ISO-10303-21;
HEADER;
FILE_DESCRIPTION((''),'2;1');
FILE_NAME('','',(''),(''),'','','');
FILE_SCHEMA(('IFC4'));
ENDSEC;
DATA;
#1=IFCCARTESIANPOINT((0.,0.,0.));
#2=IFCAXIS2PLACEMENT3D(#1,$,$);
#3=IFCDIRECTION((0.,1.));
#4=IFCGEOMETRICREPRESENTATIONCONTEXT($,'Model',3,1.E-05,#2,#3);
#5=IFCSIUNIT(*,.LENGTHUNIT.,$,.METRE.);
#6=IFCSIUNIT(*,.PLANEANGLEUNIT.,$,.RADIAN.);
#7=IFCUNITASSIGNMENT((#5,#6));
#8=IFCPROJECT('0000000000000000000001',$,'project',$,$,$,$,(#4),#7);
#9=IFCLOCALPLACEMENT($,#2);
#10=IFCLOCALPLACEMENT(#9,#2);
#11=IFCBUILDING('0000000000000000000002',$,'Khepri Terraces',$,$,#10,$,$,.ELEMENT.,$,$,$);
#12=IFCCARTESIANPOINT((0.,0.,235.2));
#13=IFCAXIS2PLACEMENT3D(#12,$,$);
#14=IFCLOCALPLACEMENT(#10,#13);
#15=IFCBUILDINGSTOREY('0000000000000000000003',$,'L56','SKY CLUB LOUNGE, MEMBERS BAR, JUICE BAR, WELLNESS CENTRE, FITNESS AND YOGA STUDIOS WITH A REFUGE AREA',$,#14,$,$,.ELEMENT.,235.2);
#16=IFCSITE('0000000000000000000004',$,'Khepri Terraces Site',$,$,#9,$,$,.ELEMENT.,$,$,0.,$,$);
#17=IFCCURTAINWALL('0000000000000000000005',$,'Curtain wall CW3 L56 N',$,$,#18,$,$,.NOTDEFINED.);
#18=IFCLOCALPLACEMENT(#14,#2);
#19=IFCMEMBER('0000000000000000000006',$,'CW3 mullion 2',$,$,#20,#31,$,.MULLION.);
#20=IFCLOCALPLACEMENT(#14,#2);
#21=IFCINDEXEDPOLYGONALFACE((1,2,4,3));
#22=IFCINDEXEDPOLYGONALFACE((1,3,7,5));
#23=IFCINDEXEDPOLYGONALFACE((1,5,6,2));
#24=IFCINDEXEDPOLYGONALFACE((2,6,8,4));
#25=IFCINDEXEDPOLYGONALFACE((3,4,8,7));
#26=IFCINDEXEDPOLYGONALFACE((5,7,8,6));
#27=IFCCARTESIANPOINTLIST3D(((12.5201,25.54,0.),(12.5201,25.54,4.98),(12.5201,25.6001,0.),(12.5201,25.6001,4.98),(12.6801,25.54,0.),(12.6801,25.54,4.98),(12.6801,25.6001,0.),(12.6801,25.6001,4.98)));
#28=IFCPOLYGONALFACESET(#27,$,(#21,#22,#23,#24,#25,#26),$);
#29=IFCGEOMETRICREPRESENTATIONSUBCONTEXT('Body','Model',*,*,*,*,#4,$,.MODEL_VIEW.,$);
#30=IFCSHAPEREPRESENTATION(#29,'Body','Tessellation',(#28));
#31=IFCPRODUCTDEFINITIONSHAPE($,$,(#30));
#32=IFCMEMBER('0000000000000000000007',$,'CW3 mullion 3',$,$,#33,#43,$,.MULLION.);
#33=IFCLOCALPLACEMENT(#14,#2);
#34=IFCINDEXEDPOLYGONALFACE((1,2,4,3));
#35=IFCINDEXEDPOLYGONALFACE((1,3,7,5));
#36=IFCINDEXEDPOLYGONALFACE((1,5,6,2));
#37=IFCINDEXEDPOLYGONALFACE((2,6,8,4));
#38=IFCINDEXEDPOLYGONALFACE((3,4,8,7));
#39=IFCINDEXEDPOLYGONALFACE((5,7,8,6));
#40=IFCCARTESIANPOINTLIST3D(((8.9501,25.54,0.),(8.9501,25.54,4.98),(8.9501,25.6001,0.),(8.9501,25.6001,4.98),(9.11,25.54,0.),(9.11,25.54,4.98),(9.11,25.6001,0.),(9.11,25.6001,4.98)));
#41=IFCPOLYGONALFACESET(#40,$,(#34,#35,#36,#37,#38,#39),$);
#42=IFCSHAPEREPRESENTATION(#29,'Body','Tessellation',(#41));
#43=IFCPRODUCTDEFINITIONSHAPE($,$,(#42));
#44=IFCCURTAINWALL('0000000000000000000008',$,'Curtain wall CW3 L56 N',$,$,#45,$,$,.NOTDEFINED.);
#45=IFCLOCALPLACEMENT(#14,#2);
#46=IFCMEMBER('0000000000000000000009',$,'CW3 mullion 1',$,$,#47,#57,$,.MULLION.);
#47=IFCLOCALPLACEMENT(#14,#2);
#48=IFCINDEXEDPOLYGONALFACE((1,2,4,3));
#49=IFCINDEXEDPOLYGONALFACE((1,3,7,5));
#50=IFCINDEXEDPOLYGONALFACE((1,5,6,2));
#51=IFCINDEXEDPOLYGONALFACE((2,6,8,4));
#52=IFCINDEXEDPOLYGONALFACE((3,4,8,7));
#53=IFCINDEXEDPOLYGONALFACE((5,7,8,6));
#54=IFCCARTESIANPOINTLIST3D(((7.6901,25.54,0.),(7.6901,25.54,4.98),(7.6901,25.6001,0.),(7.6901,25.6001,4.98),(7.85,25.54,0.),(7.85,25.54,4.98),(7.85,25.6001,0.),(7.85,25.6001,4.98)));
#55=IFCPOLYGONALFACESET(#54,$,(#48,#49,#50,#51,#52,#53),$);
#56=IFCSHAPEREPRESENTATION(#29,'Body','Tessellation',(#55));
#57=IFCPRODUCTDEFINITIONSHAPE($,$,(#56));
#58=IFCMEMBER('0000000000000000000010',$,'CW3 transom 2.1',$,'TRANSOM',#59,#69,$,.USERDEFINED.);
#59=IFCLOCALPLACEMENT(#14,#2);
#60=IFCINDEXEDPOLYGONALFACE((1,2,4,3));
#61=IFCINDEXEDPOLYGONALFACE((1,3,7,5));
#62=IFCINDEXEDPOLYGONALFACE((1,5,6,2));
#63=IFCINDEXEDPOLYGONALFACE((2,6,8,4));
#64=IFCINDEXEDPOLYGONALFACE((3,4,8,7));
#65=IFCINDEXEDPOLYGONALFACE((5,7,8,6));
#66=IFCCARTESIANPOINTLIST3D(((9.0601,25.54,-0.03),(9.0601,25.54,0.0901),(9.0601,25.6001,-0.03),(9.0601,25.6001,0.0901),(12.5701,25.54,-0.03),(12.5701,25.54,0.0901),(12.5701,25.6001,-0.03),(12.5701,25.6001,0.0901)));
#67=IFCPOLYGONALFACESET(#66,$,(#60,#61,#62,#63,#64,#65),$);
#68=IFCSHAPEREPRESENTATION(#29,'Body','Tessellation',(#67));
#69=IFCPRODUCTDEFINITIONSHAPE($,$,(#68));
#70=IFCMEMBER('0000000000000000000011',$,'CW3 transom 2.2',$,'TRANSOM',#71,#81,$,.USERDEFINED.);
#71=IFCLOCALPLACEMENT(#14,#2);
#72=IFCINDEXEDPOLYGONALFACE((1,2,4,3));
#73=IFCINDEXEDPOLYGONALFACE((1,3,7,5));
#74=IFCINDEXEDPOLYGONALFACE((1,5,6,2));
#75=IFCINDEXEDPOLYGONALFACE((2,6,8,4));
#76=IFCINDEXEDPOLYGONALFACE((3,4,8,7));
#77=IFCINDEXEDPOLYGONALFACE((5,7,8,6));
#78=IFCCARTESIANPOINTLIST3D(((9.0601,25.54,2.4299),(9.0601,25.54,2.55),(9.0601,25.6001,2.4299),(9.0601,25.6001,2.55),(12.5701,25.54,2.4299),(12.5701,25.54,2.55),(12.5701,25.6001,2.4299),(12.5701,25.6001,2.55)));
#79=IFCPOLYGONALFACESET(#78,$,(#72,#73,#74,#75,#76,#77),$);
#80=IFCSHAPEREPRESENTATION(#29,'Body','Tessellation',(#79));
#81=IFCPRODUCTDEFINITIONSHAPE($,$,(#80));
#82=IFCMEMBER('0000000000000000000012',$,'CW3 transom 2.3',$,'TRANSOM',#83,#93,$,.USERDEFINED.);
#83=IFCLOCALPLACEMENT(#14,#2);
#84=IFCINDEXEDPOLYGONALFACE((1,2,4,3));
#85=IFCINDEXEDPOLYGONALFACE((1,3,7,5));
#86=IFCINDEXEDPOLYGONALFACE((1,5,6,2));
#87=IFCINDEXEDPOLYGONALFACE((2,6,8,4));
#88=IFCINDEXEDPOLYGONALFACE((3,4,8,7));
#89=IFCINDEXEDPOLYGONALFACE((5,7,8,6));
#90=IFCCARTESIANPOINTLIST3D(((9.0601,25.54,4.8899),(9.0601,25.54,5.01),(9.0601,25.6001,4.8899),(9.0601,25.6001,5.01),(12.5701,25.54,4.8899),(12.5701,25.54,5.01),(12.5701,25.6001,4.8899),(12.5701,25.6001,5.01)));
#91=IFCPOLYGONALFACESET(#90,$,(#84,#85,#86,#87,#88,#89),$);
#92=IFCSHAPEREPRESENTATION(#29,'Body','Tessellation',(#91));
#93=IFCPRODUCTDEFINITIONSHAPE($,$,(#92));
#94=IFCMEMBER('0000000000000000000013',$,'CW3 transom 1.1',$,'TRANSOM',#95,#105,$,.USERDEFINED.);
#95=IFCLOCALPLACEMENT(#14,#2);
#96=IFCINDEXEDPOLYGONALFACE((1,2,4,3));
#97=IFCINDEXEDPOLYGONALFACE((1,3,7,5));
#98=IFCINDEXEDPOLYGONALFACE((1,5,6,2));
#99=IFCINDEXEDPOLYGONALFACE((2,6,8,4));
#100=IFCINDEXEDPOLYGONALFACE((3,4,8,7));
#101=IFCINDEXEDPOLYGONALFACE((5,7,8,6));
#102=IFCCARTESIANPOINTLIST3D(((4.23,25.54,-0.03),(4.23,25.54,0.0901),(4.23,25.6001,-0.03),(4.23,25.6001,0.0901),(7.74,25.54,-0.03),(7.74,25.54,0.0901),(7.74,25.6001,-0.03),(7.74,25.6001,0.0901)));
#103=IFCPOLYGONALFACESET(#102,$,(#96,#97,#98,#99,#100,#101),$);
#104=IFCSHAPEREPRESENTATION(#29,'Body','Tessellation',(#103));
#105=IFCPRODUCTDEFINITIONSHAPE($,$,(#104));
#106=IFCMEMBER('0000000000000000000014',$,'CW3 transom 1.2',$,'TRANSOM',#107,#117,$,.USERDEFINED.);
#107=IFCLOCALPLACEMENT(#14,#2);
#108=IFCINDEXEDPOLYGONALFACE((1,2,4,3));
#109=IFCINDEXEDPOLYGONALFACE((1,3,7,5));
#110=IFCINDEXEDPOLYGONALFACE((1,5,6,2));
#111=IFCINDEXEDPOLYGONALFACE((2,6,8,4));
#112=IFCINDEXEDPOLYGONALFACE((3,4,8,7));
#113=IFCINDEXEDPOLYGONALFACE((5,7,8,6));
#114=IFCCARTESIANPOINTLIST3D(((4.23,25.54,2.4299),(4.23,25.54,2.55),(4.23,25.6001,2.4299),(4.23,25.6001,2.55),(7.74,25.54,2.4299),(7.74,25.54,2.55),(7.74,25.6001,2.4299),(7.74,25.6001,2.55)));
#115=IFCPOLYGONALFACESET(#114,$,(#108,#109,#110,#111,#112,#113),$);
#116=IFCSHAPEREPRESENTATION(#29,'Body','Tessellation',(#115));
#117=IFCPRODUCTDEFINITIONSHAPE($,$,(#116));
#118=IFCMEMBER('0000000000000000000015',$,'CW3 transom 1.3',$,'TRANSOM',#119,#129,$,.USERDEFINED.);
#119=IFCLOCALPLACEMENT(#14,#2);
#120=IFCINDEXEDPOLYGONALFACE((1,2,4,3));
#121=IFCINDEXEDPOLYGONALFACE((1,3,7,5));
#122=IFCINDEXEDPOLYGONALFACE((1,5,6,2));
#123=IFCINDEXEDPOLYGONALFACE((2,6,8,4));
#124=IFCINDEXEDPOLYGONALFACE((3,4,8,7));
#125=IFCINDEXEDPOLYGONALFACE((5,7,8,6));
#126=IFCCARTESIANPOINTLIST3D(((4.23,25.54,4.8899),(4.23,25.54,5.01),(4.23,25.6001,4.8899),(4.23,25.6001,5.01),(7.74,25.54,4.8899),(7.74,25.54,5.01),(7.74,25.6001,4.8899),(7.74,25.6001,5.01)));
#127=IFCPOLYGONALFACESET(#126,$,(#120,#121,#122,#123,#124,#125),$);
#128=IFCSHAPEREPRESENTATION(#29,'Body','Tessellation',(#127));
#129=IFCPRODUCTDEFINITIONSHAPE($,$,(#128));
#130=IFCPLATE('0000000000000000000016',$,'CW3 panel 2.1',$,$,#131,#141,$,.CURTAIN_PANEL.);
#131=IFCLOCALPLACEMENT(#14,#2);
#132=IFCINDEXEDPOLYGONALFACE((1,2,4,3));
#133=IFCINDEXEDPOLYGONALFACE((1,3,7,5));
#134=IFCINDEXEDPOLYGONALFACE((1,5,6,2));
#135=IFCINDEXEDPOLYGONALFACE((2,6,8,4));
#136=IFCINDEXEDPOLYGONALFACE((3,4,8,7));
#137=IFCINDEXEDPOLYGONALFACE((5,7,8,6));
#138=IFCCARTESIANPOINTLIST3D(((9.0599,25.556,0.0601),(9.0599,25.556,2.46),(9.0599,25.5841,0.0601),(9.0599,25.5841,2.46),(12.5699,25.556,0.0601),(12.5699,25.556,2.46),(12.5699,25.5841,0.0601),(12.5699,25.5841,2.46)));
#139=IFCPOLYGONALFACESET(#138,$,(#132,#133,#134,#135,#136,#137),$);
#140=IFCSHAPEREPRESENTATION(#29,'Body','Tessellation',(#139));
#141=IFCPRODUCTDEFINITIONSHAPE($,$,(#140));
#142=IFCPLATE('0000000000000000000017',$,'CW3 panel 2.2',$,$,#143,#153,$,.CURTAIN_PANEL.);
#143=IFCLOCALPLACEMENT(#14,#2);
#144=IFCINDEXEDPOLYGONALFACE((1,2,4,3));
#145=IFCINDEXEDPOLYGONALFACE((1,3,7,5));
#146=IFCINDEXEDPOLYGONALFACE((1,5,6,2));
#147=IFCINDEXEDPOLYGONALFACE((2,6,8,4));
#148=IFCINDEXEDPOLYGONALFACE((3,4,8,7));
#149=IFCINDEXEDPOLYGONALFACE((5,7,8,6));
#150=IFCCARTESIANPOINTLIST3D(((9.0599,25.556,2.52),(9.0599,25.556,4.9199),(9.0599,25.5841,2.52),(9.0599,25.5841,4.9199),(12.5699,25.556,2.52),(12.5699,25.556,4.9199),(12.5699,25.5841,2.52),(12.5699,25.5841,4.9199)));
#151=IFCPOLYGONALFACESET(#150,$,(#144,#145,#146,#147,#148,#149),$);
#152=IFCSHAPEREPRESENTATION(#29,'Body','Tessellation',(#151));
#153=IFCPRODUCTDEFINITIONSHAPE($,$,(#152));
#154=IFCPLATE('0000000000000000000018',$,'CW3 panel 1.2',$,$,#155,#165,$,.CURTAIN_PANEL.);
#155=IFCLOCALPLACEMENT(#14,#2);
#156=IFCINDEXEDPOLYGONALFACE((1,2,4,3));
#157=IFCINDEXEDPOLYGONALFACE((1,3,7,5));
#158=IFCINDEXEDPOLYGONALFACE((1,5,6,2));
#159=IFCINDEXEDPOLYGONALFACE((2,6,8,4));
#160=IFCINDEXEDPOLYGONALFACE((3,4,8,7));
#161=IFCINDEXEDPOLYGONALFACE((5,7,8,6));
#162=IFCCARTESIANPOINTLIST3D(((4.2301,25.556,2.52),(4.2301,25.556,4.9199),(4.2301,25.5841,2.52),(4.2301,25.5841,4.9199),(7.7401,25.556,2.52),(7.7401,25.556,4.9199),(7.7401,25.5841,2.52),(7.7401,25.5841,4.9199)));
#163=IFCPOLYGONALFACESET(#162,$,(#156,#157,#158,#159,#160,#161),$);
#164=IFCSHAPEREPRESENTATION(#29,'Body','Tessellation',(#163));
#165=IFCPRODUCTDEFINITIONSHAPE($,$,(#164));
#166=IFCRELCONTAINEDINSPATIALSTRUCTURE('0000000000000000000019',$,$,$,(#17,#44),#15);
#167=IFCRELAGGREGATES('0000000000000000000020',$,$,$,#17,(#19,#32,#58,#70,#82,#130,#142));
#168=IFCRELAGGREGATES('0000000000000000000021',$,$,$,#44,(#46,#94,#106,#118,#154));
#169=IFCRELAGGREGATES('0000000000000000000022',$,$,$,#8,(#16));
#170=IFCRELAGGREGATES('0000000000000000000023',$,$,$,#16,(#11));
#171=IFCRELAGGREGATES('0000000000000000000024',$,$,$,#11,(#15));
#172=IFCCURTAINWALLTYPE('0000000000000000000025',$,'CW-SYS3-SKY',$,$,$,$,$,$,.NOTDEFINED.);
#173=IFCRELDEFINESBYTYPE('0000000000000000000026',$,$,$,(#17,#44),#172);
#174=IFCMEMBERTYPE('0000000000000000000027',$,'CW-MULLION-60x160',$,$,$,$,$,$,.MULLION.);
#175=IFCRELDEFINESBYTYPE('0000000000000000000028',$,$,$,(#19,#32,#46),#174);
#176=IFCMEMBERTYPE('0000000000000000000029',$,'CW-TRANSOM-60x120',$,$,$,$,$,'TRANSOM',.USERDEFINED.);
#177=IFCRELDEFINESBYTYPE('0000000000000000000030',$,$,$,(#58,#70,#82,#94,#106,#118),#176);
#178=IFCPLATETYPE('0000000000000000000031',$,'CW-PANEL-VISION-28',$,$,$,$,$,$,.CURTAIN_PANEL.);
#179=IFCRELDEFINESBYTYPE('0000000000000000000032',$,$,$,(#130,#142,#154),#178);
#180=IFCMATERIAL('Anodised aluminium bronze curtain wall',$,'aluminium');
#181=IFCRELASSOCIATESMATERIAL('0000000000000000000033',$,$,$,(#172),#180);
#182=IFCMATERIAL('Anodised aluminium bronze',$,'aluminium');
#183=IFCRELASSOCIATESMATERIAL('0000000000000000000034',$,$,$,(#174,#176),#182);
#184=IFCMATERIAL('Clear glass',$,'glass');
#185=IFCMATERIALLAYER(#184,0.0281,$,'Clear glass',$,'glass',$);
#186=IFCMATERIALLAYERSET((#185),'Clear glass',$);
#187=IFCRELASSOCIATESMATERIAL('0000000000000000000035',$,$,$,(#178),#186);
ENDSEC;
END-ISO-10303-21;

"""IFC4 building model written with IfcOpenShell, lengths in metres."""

from ifc_helpers import new_model, si_unit, direction, frame, origin, origin_2d, place, context, subcontext, project, spatial, rectangle, extrude, material, layer, layer_set, material_profile, profile_set, type_object, element, aggregate, save


model = new_model("IFC4")

# Units and contexts
model_context = context("Model", 3, precision=1e-05, world=origin(), true_north=direction((0.0, 1.0)))
body_context = subcontext(model_context, "Body", "Model", "MODEL_VIEW")
ifc_project = project(units=[si_unit("LENGTHUNIT", "METRE"), si_unit("PLANEANGLEUNIT", "RADIAN")], contexts=[model_context])

# Site, building, storey
site_placement = place(None, origin())
site = spatial("IfcSite", under=ifc_project, at=site_placement, Name="Khepri Terraces Site", CompositionType="ELEMENT", RefElevation=0.0)
building_placement = place(site_placement, origin())
building = spatial("IfcBuilding", under=site, at=building_placement, Name="Khepri Terraces", CompositionType="ELEMENT")
storey_placement = place(building_placement, frame((0.0, 0.0, 235.2)))
storey = spatial("IfcBuildingStorey", under=building, at=storey_placement, Name="L56", Description="SKY CLUB LOUNGE, MEMBERS BAR, JUICE BAR, WELLNESS CENTRE, FITNESS AND YOGA STUDIOS WITH A REFUGE AREA", CompositionType="ELEMENT", Elevation=235.2)

# Curtain wall, members
ifc_material_1 = material(Name="Anodised aluminium bronze curtain wall", Category="aluminium")
curtain_wall_type = type_object("IfcCurtainWallType", Name="CW-SYS3-SKY", PredefinedType="NOTDEFINED", material=ifc_material_1)
curtain_wall_1_placement = place(storey_placement, origin())
curtain_wall_1 = element("IfcCurtainWall", 1, at=curtain_wall_1_placement, inside=storey, type_object=curtain_wall_type, Name="Curtain wall CW3 L56 N", PredefinedType="NOTDEFINED")
ifc_material_2 = material(Name="Anodised aluminium bronze", Category="aluminium")
ifc_material_profile_1 = material_profile(ifc_material_2, rectangle(XDim=0.0601, YDim=0.1599, at=origin_2d()), Name="Anodised aluminium bronze", Category="aluminium")
ifc_profile_set_1 = profile_set([ifc_material_profile_1], Name="Anodised aluminium bronze")
member_type_1 = type_object("IfcMemberType", Name="CW-MULLION-60x160", PredefinedType="MULLION", material=ifc_profile_set_1)
member_1_placement = place(storey_placement, frame((12.6001, 25.5701, 0.0), z_axis=(0.0, 0.0, 1.0), x_axis=(0.0, -1.0, 0.0)))
member_1 = element("IfcMember", 2, at=member_1_placement, type_object=member_type_1, Name="CW3 mullion 2", PredefinedType="MULLION", context=body_context, shape_type="SweptSolid", body=[
    extrude(rectangle(XDim=0.0601, YDim=0.1599, at=origin_2d()), origin(), (0.0, 0.0, 1.0), 4.98),
])
member_2_placement = place(storey_placement, frame((9.03, 25.5701, 0.0), z_axis=(0.0, 0.0, 1.0), x_axis=(0.0, -1.0, 0.0)))
member_2 = element("IfcMember", 3, at=member_2_placement, type_object=member_type_1, Name="CW3 mullion 3", PredefinedType="MULLION", context=body_context, shape_type="SweptSolid", body=[
    extrude(rectangle(XDim=0.0601, YDim=0.1599, at=origin_2d()), origin(), (0.0, 0.0, 1.0), 4.98),
])

# Curtain wall, member
curtain_wall_2_placement = place(storey_placement, origin())
curtain_wall_2 = element("IfcCurtainWall", 4, at=curtain_wall_2_placement, inside=storey, type_object=curtain_wall_type, Name="Curtain wall CW3 L56 N", PredefinedType="NOTDEFINED")
member_3_placement = place(storey_placement, frame((7.77, 25.5701, 0.0), z_axis=(0.0, 0.0, 1.0), x_axis=(0.0, -1.0, 0.0)))
member_3 = element("IfcMember", 5, at=member_3_placement, type_object=member_type_1, Name="CW3 mullion 1", PredefinedType="MULLION", context=body_context, shape_type="SweptSolid", body=[
    extrude(rectangle(XDim=0.0601, YDim=0.1599, at=origin_2d()), origin(), (0.0, 0.0, 1.0), 4.98),
])

# Members
ifc_material_profile_2 = material_profile(ifc_material_2, rectangle(XDim=0.0601, YDim=0.1201, at=origin_2d()), Name="Anodised aluminium bronze", Category="aluminium")
ifc_profile_set_2 = profile_set([ifc_material_profile_2], Name="Anodised aluminium bronze")
member_type_2 = type_object("IfcMemberType", Name="CW-TRANSOM-60x120", ElementType="TRANSOM", PredefinedType="USERDEFINED", material=ifc_profile_set_2)
member_4_placement = place(storey_placement, frame((12.5701, 25.5701, 0.03), z_axis=(-1.0, 0.0, 0.0), x_axis=(0.0, -1.0, 0.0)))
member_4 = element("IfcMember", 6, at=member_4_placement, type_object=member_type_2, Name="CW3 transom 2.1", ObjectType="TRANSOM", PredefinedType="USERDEFINED", context=body_context, shape_type="SweptSolid", body=[
    extrude(rectangle(XDim=0.0601, YDim=0.1201, at=origin_2d()), origin(), (0.0, 0.0, 1.0), 3.51),
])
member_5_placement = place(storey_placement, frame((12.5701, 25.5701, 2.49), z_axis=(-1.0, 0.0, 0.0), x_axis=(0.0, -1.0, 0.0)))
member_5 = element("IfcMember", 7, at=member_5_placement, type_object=member_type_2, Name="CW3 transom 2.2", ObjectType="TRANSOM", PredefinedType="USERDEFINED", context=body_context, shape_type="SweptSolid", body=[
    extrude(rectangle(XDim=0.0601, YDim=0.1201, at=origin_2d()), origin(), (0.0, 0.0, 1.0), 3.51),
])
member_6_placement = place(storey_placement, frame((12.5701, 25.5701, 4.95), z_axis=(-1.0, 0.0, 0.0), x_axis=(0.0, -1.0, 0.0)))
member_6 = element("IfcMember", 8, at=member_6_placement, type_object=member_type_2, Name="CW3 transom 2.3", ObjectType="TRANSOM", PredefinedType="USERDEFINED", context=body_context, shape_type="SweptSolid", body=[
    extrude(rectangle(XDim=0.0601, YDim=0.1201, at=origin_2d()), origin(), (0.0, 0.0, 1.0), 3.51),
])
member_7_placement = place(storey_placement, frame((7.74, 25.5701, 0.03), z_axis=(-1.0, 0.0, 0.0), x_axis=(0.0, -1.0, 0.0)))
member_7 = element("IfcMember", 9, at=member_7_placement, type_object=member_type_2, Name="CW3 transom 1.1", ObjectType="TRANSOM", PredefinedType="USERDEFINED", context=body_context, shape_type="SweptSolid", body=[
    extrude(rectangle(XDim=0.0601, YDim=0.1201, at=origin_2d()), origin(), (0.0, 0.0, 1.0), 3.51),
])
member_8_placement = place(storey_placement, frame((7.74, 25.5701, 2.49), z_axis=(-1.0, 0.0, 0.0), x_axis=(0.0, -1.0, 0.0)))
member_8 = element("IfcMember", 10, at=member_8_placement, type_object=member_type_2, Name="CW3 transom 1.2", ObjectType="TRANSOM", PredefinedType="USERDEFINED", context=body_context, shape_type="SweptSolid", body=[
    extrude(rectangle(XDim=0.0601, YDim=0.1201, at=origin_2d()), origin(), (0.0, 0.0, 1.0), 3.51),
])
member_9_placement = place(storey_placement, frame((7.74, 25.5701, 4.95), z_axis=(-1.0, 0.0, 0.0), x_axis=(0.0, -1.0, 0.0)))
member_9 = element("IfcMember", 11, at=member_9_placement, type_object=member_type_2, Name="CW3 transom 1.3", ObjectType="TRANSOM", PredefinedType="USERDEFINED", context=body_context, shape_type="SweptSolid", body=[
    extrude(rectangle(XDim=0.0601, YDim=0.1201, at=origin_2d()), origin(), (0.0, 0.0, 1.0), 3.51),
])

# Plates
ifc_material_3 = material(Name="Clear glass", Category="glass")
ifc_layer = layer(ifc_material_3, 0.0281, Name="Clear glass", Category="glass")
ifc_layer_set = layer_set([ifc_layer], Name="Clear glass")
plate_type = type_object("IfcPlateType", Name="CW-PANEL-VISION-28", PredefinedType="CURTAIN_PANEL", material=ifc_layer_set)
plate_1_placement = place(storey_placement, frame((10.8149, 25.5701, 0.0601), z_axis=(0.0, 0.0, 1.0), x_axis=(-1.0, 0.0, 0.0)))
plate_1 = element("IfcPlate", 12, at=plate_1_placement, type_object=plate_type, Name="CW3 panel 2.1", PredefinedType="CURTAIN_PANEL", context=body_context, shape_type="SweptSolid", body=[
    extrude(rectangle(XDim=3.51, YDim=0.0281, at=origin_2d()), origin(), (0.0, 0.0, 1.0), 2.3999),
])
plate_2_placement = place(storey_placement, frame((10.8149, 25.5701, 2.52), z_axis=(0.0, 0.0, 1.0), x_axis=(-1.0, 0.0, 0.0)))
plate_2 = element("IfcPlate", 13, at=plate_2_placement, type_object=plate_type, Name="CW3 panel 2.2", PredefinedType="CURTAIN_PANEL", context=body_context, shape_type="SweptSolid", body=[
    extrude(rectangle(XDim=3.51, YDim=0.0281, at=origin_2d()), origin(), (0.0, 0.0, 1.0), 2.3999),
])
aggregate(curtain_wall_1, [member_1, member_2, member_4, member_5, member_6, plate_1, plate_2])
plate_3_placement = place(storey_placement, frame((5.9851, 25.5701, 2.52), z_axis=(0.0, 0.0, 1.0), x_axis=(-1.0, 0.0, 0.0)))
plate_3 = element("IfcPlate", 14, at=plate_3_placement, type_object=plate_type, Name="CW3 panel 1.2", PredefinedType="CURTAIN_PANEL", context=body_context, shape_type="SweptSolid", body=[
    extrude(rectangle(XDim=3.51, YDim=0.0281, at=origin_2d()), origin(), (0.0, 0.0, 1.0), 2.3999),
])
aggregate(curtain_wall_2, [member_3, member_7, member_8, member_9, plate_3])

save(model, "model.ifc")
